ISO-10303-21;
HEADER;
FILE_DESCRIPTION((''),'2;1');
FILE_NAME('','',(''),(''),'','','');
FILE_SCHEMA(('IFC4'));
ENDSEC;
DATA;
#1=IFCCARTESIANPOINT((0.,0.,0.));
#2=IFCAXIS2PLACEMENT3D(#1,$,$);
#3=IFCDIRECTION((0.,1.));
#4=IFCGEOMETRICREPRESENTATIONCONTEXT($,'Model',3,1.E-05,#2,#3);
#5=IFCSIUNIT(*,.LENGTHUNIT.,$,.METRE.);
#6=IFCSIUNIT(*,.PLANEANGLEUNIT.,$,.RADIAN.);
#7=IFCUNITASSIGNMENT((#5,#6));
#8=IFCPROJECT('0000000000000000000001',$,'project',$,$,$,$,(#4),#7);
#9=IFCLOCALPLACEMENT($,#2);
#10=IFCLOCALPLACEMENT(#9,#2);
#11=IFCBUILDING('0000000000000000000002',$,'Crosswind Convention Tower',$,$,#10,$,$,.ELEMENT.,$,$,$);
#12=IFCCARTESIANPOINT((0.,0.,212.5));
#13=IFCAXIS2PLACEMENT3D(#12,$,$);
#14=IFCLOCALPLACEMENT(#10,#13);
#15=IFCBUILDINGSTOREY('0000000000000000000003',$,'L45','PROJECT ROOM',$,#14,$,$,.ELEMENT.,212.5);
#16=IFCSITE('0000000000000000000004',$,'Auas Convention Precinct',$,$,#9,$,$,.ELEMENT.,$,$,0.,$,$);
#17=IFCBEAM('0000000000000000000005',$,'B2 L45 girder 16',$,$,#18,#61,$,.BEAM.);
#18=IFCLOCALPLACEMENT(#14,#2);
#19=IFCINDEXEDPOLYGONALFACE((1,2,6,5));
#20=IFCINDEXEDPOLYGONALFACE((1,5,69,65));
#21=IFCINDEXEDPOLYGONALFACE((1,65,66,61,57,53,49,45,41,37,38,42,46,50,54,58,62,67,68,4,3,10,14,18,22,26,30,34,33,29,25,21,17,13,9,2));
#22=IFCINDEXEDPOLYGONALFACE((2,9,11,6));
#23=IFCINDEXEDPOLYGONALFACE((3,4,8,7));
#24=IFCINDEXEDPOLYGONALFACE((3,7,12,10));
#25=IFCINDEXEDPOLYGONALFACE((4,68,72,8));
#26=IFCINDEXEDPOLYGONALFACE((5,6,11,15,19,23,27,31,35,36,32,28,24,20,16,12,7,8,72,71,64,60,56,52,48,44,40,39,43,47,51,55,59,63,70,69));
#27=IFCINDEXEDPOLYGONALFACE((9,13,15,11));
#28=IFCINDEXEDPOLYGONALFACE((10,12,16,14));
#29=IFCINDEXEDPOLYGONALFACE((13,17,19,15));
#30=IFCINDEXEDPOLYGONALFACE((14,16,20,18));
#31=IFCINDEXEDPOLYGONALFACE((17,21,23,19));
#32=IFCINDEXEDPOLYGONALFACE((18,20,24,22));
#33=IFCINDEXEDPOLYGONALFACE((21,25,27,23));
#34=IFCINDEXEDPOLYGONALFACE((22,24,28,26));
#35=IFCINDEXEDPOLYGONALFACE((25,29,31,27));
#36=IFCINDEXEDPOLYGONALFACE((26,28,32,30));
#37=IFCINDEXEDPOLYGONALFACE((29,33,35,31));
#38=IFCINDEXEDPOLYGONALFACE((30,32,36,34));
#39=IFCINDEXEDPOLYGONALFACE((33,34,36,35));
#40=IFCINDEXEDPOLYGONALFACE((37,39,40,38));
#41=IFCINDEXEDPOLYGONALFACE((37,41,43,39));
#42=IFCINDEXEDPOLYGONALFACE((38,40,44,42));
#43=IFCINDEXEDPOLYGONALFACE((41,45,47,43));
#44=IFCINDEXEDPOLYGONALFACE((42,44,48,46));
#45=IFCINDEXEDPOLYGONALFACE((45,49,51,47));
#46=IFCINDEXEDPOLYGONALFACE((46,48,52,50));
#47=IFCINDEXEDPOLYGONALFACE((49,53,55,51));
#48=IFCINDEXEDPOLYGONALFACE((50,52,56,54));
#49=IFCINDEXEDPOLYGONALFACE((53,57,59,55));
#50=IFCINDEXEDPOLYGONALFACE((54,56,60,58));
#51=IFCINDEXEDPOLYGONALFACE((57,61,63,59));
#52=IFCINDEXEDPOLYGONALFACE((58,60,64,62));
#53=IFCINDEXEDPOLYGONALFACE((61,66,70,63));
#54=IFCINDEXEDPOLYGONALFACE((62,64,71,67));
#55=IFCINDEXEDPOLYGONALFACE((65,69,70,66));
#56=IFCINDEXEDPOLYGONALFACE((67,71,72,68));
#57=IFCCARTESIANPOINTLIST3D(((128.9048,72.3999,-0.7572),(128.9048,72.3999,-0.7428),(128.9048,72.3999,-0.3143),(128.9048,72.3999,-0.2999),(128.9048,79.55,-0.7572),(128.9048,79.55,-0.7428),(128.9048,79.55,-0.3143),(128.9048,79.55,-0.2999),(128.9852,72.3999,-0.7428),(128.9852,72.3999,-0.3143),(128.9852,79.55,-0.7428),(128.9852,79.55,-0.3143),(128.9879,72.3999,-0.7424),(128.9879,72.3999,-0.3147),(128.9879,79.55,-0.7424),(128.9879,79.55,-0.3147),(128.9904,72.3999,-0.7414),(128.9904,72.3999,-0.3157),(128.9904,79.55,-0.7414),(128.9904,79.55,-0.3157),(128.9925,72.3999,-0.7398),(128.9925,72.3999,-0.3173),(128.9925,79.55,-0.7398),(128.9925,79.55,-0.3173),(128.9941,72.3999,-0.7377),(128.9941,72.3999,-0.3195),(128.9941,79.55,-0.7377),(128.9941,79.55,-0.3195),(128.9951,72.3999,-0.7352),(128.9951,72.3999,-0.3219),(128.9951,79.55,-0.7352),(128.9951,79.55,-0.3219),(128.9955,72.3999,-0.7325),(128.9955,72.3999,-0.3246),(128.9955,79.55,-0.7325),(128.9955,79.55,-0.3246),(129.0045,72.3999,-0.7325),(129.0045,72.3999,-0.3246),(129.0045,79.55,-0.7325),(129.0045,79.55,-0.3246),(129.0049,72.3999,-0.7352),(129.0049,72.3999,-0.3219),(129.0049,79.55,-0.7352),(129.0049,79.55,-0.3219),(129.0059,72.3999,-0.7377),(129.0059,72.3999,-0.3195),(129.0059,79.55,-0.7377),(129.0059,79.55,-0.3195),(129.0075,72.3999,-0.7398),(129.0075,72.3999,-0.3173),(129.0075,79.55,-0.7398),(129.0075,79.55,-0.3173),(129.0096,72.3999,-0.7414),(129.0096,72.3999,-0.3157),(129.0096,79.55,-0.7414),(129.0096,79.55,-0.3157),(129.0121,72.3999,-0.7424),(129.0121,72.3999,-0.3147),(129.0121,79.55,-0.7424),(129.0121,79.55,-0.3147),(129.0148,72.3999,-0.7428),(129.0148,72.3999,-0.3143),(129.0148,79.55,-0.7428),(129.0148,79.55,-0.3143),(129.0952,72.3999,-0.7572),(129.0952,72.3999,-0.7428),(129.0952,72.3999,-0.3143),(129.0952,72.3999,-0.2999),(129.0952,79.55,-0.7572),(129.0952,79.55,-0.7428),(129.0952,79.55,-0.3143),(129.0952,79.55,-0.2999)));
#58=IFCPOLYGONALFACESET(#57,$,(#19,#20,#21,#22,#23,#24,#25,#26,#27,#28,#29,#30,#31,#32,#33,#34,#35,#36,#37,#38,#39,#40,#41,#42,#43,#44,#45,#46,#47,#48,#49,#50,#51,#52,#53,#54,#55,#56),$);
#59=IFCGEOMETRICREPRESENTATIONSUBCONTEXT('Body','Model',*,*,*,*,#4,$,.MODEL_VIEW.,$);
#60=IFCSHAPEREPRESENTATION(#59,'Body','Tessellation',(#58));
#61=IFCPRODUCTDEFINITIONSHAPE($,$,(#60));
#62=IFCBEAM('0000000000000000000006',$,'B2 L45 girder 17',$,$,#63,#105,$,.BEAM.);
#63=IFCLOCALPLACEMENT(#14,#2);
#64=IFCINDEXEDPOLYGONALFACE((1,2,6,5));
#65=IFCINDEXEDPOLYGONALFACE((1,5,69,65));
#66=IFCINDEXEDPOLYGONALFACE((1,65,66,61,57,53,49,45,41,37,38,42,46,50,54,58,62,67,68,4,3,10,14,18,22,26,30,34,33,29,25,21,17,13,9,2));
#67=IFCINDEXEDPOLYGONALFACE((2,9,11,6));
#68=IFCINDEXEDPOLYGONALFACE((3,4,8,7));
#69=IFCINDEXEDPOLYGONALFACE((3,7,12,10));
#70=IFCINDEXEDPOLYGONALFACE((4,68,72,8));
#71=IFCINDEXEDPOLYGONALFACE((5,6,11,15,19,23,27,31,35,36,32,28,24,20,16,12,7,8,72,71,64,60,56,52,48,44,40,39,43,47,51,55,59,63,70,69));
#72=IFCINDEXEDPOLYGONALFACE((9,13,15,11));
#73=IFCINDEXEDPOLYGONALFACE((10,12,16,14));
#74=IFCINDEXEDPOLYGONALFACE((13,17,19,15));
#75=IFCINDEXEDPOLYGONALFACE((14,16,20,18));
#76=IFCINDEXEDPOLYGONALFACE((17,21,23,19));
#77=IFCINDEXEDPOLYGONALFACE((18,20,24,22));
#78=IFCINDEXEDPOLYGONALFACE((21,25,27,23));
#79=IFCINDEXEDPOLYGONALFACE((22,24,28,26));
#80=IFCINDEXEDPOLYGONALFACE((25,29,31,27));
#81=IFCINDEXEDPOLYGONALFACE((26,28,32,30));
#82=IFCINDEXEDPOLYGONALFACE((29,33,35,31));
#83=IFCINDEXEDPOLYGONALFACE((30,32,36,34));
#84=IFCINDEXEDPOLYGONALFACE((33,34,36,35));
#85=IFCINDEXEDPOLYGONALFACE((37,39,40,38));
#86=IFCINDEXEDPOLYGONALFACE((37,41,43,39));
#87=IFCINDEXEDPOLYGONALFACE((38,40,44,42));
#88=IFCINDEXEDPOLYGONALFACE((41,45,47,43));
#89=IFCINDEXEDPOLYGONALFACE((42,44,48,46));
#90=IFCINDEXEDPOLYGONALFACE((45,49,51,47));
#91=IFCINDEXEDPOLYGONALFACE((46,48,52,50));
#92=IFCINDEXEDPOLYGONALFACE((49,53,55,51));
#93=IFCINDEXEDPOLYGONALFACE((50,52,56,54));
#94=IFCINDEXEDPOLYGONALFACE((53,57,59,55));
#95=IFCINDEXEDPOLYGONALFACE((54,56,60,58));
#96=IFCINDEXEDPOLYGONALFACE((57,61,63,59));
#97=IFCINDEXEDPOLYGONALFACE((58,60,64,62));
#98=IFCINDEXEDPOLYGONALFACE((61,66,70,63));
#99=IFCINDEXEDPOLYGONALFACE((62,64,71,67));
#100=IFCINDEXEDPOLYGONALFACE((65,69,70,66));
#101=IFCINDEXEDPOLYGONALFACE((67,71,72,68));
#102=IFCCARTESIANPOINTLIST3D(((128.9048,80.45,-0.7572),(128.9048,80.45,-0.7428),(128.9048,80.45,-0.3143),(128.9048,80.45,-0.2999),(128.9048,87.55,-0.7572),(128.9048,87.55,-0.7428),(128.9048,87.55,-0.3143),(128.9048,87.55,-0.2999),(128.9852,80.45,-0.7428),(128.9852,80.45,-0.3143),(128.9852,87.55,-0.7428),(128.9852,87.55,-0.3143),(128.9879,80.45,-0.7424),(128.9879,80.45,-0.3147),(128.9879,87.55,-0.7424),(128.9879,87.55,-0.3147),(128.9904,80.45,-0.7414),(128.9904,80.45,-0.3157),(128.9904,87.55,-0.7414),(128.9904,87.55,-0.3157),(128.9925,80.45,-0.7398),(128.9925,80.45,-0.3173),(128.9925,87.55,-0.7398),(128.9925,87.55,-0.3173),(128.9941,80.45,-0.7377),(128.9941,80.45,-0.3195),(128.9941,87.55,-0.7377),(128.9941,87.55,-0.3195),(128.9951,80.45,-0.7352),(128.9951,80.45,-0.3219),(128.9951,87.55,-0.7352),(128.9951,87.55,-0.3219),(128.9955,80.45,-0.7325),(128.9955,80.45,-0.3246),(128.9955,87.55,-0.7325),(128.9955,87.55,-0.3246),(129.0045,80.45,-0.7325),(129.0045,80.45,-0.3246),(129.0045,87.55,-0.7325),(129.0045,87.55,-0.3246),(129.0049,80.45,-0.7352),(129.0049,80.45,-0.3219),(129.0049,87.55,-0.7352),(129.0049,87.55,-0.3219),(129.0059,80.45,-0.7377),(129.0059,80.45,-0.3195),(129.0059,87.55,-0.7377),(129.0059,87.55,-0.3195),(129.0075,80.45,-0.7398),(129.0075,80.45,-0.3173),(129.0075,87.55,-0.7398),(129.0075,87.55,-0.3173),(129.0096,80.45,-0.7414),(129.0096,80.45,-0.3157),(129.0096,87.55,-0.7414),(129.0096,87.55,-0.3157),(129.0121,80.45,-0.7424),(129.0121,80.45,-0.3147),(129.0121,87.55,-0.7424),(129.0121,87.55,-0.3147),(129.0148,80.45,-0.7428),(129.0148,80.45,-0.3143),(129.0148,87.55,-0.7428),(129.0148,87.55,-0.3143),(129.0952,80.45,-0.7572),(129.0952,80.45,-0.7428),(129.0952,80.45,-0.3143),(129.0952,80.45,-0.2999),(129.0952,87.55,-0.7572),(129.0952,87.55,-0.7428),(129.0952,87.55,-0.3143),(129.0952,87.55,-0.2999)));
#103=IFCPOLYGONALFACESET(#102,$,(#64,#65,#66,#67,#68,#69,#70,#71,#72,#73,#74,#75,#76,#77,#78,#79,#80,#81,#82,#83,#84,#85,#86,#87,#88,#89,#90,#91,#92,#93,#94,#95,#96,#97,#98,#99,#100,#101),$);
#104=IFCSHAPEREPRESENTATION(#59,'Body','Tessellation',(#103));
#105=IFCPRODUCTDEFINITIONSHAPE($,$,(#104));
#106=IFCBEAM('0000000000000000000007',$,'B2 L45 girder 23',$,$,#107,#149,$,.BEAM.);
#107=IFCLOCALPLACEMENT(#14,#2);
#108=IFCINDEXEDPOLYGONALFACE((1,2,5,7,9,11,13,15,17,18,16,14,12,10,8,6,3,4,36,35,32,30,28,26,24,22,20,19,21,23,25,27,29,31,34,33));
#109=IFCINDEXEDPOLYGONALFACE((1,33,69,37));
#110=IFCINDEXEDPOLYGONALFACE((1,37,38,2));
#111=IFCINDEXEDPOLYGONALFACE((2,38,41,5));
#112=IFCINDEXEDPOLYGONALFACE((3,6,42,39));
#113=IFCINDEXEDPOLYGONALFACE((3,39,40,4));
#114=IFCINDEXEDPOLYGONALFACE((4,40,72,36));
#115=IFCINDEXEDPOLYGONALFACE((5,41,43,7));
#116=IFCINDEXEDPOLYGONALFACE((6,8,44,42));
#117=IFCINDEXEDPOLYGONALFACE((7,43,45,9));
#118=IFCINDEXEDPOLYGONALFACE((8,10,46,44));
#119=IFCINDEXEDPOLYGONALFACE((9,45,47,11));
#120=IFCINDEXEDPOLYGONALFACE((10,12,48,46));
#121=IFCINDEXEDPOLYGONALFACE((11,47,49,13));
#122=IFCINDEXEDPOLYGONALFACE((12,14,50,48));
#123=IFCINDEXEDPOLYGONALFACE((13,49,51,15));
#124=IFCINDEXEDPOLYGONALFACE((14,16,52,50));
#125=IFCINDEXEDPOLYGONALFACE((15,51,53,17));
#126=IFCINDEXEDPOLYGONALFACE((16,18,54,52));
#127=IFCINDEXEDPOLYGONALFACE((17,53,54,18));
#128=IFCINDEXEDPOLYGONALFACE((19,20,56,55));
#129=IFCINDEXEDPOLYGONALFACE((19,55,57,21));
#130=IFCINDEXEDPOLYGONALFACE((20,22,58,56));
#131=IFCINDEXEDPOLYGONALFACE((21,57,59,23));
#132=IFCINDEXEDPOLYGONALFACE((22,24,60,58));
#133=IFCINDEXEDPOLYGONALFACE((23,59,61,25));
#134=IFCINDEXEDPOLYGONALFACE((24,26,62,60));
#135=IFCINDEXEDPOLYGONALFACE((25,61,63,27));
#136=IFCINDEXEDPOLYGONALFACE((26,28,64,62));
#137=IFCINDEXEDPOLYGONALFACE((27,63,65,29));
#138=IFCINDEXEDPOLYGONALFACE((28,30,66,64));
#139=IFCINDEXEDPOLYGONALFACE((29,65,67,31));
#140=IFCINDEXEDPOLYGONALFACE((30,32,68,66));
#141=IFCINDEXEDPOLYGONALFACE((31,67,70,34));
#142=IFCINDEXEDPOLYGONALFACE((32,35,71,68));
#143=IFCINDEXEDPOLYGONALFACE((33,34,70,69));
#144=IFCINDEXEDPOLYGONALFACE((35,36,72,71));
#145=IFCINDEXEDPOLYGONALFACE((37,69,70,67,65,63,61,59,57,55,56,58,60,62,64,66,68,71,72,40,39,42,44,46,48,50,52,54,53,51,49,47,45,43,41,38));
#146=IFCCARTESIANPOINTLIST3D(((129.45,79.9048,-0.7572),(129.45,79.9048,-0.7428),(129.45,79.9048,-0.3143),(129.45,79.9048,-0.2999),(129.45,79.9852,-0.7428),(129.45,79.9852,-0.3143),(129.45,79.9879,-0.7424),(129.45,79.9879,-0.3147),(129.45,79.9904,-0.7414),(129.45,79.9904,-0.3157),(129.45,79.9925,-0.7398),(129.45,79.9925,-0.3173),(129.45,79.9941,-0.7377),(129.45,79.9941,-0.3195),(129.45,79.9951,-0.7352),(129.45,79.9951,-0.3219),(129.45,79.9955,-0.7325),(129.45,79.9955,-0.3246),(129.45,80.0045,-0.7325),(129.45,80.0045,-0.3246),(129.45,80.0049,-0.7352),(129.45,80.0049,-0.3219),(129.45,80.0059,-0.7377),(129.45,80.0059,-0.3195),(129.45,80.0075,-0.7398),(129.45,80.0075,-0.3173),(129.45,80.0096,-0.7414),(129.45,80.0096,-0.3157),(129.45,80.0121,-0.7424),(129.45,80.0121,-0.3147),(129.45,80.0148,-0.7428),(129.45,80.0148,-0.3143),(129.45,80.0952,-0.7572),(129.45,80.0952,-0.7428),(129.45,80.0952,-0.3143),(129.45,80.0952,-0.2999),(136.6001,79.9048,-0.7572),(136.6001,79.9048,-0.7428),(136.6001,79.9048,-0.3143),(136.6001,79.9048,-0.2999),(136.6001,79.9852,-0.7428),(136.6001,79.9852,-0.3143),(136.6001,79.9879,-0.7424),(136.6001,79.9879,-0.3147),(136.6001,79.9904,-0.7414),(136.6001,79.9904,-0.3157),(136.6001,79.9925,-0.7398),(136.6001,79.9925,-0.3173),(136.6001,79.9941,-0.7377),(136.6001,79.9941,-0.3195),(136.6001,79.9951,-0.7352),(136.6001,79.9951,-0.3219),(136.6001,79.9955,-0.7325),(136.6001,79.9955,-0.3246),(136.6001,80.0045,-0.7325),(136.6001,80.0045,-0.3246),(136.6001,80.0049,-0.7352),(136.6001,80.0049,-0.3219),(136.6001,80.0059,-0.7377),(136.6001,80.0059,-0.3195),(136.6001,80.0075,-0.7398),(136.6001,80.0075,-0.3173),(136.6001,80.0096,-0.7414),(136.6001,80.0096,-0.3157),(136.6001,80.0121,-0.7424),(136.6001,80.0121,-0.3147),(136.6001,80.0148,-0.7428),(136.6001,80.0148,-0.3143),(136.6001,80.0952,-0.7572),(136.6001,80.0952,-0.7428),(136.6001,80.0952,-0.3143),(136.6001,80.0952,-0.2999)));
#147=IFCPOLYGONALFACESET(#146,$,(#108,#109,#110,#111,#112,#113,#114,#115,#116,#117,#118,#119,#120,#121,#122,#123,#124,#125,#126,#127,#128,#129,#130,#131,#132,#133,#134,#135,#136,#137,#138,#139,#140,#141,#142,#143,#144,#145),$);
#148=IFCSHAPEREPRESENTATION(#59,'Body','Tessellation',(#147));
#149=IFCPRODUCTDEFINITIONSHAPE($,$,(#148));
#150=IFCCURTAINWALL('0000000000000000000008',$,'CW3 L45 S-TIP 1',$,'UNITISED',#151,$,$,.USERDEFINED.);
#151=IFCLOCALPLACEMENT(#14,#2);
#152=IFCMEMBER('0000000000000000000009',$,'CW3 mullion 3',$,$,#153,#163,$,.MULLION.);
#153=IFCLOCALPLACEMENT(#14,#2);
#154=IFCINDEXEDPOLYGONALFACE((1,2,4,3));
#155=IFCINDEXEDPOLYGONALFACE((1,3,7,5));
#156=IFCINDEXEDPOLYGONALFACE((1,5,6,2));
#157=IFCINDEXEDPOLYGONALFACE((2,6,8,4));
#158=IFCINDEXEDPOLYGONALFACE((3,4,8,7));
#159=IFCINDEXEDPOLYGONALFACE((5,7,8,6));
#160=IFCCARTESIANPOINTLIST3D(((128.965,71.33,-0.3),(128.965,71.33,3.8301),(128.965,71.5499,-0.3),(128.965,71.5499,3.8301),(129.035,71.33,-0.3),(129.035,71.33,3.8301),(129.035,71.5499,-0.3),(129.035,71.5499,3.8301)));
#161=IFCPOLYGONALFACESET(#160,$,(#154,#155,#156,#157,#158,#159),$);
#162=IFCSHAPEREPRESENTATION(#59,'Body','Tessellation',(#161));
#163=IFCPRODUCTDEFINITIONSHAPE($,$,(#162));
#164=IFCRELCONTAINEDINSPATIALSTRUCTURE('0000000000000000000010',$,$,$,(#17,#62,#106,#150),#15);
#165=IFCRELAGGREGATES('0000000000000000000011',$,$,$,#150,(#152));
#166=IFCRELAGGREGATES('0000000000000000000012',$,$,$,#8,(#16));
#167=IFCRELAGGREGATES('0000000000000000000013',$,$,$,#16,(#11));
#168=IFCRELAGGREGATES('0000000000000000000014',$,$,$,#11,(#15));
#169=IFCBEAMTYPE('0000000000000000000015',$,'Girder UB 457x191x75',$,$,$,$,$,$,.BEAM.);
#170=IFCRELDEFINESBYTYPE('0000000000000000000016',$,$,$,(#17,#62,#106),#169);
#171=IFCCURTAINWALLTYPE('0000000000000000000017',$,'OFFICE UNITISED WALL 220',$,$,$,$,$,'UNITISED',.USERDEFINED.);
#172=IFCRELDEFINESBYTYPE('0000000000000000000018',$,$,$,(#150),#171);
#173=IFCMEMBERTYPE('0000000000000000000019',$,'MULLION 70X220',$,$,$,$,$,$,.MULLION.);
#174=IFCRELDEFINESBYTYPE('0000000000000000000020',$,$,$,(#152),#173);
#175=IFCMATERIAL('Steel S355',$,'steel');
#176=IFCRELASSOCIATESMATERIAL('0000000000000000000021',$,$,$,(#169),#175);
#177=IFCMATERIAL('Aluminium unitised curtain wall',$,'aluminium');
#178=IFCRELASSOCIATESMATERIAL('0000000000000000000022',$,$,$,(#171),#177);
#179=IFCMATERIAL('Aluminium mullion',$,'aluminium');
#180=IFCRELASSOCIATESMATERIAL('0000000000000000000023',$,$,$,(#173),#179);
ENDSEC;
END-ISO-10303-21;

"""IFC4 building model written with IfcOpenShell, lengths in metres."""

from ifc_helpers import new_model, si_unit, direction, frame, origin, origin_2d, place, context, subcontext, project, spatial, rectangle, i_section, extrude, material, material_profile, profile_set, type_object, element, aggregate, save


model = new_model("IFC4")

# Units and contexts
model_context = context("Model", 3, precision=1e-05, world=origin(), true_north=direction((0.0, 1.0)))
body_context = subcontext(model_context, "Body", "Model", "MODEL_VIEW")
ifc_project = project(units=[si_unit("LENGTHUNIT", "METRE"), si_unit("PLANEANGLEUNIT", "RADIAN")], contexts=[model_context])

# Site, building, storey
site_placement = place(None, origin())
site = spatial("IfcSite", under=ifc_project, at=site_placement, Name="Auas Convention Precinct", CompositionType="ELEMENT", RefElevation=0.0)
building_placement = place(site_placement, origin())
building = spatial("IfcBuilding", under=site, at=building_placement, Name="Crosswind Convention Tower", CompositionType="ELEMENT")
storey_placement = place(building_placement, frame((0.0, 0.0, 212.5)))
storey = spatial("IfcBuildingStorey", under=building, at=storey_placement, Name="L45", Description="PROJECT ROOM", CompositionType="ELEMENT", Elevation=212.5)

# Beams
ifc_material_1 = material(Name="Steel S355", Category="steel")
ifc_material_profile_1 = material_profile(ifc_material_1, i_section(OverallWidth=0.1904, OverallDepth=0.4573, WebThickness=0.009, FlangeThickness=0.0144, FilletRadius=0.0103, at=origin_2d()), Name="UB 457x191x75")
ifc_profile_set_1 = profile_set([ifc_material_profile_1], Name="Steel S355")
beam_type_1 = type_object("IfcBeamType", Name="Girder UB 457x191x75", PredefinedType="BEAM", material=ifc_profile_set_1)
beam_1_placement = place(storey_placement, frame((129.0, 72.3999, -0.5286), z_axis=(0.0, 1.0, 0.0), x_axis=(-1.0, 0.0, 0.0)))
element("IfcBeam", 1, at=beam_1_placement, inside=storey, type_object=beam_type_1, Name="B2 L45 girder 16", PredefinedType="BEAM", context=body_context, shape_type="SweptSolid", body=[
    extrude(i_section(OverallWidth=0.1904, OverallDepth=0.4573, WebThickness=0.009, FlangeThickness=0.0144, FilletRadius=0.0103, at=origin_2d()), origin(), (0.0, 0.0, 1.0), 7.1501),
])
beam_2_placement = place(storey_placement, frame((129.0, 80.45, -0.5286), z_axis=(0.0, 1.0, 0.0), x_axis=(-1.0, 0.0, 0.0)))
element("IfcBeam", 2, at=beam_2_placement, inside=storey, type_object=beam_type_1, Name="B2 L45 girder 17", PredefinedType="BEAM", context=body_context, shape_type="SweptSolid", body=[
    extrude(i_section(OverallWidth=0.1904, OverallDepth=0.4573, WebThickness=0.009, FlangeThickness=0.0144, FilletRadius=0.0103, at=origin_2d()), origin(), (0.0, 0.0, 1.0), 7.1001),
])
beam_3_placement = place(storey_placement, frame((129.45, 80.0, -0.5286), z_axis=(1.0, 0.0, 0.0), x_axis=(0.0, 1.0, 0.0)))
element("IfcBeam", 3, at=beam_3_placement, inside=storey, type_object=beam_type_1, Name="B2 L45 girder 23", PredefinedType="BEAM", context=body_context, shape_type="SweptSolid", body=[
    extrude(i_section(OverallWidth=0.1904, OverallDepth=0.4573, WebThickness=0.009, FlangeThickness=0.0144, FilletRadius=0.0103, at=origin_2d()), origin(), (0.0, 0.0, 1.0), 7.1501),
])

# Curtain wall, member
ifc_material_2 = material(Name="Aluminium unitised curtain wall", Category="aluminium")
curtain_wall_type = type_object("IfcCurtainWallType", Name="OFFICE UNITISED WALL 220", ElementType="UNITISED", PredefinedType="USERDEFINED", material=ifc_material_2)
curtain_wall_placement = place(storey_placement, origin())
curtain_wall = element("IfcCurtainWall", 4, at=curtain_wall_placement, inside=storey, type_object=curtain_wall_type, Name="CW3 L45 S-TIP 1", ObjectType="UNITISED", PredefinedType="USERDEFINED")
ifc_material_3 = material(Name="Aluminium mullion", Category="aluminium")
ifc_material_profile_2 = material_profile(ifc_material_3, rectangle(XDim=0.22, YDim=0.0701, at=origin_2d()), Name="AL 220X70")
ifc_profile_set_2 = profile_set([ifc_material_profile_2], Name="Aluminium mullion")
member_type = type_object("IfcMemberType", Name="MULLION 70X220", PredefinedType="MULLION", material=ifc_profile_set_2)
member_placement = place(storey_placement, frame((129.0, 71.4399, -0.3), z_axis=(0.0, 0.0, 1.0), x_axis=(0.0, -1.0, 0.0)))
member = element("IfcMember", 5, at=member_placement, type_object=member_type, Name="CW3 mullion 3", PredefinedType="MULLION", context=body_context, shape_type="SweptSolid", body=[
    extrude(rectangle(XDim=0.22, YDim=0.0701, at=origin_2d()), origin(), (0.0, 0.0, 1.0), 4.1301),
])

aggregate(curtain_wall, [member])

save(model, "model.ifc")
